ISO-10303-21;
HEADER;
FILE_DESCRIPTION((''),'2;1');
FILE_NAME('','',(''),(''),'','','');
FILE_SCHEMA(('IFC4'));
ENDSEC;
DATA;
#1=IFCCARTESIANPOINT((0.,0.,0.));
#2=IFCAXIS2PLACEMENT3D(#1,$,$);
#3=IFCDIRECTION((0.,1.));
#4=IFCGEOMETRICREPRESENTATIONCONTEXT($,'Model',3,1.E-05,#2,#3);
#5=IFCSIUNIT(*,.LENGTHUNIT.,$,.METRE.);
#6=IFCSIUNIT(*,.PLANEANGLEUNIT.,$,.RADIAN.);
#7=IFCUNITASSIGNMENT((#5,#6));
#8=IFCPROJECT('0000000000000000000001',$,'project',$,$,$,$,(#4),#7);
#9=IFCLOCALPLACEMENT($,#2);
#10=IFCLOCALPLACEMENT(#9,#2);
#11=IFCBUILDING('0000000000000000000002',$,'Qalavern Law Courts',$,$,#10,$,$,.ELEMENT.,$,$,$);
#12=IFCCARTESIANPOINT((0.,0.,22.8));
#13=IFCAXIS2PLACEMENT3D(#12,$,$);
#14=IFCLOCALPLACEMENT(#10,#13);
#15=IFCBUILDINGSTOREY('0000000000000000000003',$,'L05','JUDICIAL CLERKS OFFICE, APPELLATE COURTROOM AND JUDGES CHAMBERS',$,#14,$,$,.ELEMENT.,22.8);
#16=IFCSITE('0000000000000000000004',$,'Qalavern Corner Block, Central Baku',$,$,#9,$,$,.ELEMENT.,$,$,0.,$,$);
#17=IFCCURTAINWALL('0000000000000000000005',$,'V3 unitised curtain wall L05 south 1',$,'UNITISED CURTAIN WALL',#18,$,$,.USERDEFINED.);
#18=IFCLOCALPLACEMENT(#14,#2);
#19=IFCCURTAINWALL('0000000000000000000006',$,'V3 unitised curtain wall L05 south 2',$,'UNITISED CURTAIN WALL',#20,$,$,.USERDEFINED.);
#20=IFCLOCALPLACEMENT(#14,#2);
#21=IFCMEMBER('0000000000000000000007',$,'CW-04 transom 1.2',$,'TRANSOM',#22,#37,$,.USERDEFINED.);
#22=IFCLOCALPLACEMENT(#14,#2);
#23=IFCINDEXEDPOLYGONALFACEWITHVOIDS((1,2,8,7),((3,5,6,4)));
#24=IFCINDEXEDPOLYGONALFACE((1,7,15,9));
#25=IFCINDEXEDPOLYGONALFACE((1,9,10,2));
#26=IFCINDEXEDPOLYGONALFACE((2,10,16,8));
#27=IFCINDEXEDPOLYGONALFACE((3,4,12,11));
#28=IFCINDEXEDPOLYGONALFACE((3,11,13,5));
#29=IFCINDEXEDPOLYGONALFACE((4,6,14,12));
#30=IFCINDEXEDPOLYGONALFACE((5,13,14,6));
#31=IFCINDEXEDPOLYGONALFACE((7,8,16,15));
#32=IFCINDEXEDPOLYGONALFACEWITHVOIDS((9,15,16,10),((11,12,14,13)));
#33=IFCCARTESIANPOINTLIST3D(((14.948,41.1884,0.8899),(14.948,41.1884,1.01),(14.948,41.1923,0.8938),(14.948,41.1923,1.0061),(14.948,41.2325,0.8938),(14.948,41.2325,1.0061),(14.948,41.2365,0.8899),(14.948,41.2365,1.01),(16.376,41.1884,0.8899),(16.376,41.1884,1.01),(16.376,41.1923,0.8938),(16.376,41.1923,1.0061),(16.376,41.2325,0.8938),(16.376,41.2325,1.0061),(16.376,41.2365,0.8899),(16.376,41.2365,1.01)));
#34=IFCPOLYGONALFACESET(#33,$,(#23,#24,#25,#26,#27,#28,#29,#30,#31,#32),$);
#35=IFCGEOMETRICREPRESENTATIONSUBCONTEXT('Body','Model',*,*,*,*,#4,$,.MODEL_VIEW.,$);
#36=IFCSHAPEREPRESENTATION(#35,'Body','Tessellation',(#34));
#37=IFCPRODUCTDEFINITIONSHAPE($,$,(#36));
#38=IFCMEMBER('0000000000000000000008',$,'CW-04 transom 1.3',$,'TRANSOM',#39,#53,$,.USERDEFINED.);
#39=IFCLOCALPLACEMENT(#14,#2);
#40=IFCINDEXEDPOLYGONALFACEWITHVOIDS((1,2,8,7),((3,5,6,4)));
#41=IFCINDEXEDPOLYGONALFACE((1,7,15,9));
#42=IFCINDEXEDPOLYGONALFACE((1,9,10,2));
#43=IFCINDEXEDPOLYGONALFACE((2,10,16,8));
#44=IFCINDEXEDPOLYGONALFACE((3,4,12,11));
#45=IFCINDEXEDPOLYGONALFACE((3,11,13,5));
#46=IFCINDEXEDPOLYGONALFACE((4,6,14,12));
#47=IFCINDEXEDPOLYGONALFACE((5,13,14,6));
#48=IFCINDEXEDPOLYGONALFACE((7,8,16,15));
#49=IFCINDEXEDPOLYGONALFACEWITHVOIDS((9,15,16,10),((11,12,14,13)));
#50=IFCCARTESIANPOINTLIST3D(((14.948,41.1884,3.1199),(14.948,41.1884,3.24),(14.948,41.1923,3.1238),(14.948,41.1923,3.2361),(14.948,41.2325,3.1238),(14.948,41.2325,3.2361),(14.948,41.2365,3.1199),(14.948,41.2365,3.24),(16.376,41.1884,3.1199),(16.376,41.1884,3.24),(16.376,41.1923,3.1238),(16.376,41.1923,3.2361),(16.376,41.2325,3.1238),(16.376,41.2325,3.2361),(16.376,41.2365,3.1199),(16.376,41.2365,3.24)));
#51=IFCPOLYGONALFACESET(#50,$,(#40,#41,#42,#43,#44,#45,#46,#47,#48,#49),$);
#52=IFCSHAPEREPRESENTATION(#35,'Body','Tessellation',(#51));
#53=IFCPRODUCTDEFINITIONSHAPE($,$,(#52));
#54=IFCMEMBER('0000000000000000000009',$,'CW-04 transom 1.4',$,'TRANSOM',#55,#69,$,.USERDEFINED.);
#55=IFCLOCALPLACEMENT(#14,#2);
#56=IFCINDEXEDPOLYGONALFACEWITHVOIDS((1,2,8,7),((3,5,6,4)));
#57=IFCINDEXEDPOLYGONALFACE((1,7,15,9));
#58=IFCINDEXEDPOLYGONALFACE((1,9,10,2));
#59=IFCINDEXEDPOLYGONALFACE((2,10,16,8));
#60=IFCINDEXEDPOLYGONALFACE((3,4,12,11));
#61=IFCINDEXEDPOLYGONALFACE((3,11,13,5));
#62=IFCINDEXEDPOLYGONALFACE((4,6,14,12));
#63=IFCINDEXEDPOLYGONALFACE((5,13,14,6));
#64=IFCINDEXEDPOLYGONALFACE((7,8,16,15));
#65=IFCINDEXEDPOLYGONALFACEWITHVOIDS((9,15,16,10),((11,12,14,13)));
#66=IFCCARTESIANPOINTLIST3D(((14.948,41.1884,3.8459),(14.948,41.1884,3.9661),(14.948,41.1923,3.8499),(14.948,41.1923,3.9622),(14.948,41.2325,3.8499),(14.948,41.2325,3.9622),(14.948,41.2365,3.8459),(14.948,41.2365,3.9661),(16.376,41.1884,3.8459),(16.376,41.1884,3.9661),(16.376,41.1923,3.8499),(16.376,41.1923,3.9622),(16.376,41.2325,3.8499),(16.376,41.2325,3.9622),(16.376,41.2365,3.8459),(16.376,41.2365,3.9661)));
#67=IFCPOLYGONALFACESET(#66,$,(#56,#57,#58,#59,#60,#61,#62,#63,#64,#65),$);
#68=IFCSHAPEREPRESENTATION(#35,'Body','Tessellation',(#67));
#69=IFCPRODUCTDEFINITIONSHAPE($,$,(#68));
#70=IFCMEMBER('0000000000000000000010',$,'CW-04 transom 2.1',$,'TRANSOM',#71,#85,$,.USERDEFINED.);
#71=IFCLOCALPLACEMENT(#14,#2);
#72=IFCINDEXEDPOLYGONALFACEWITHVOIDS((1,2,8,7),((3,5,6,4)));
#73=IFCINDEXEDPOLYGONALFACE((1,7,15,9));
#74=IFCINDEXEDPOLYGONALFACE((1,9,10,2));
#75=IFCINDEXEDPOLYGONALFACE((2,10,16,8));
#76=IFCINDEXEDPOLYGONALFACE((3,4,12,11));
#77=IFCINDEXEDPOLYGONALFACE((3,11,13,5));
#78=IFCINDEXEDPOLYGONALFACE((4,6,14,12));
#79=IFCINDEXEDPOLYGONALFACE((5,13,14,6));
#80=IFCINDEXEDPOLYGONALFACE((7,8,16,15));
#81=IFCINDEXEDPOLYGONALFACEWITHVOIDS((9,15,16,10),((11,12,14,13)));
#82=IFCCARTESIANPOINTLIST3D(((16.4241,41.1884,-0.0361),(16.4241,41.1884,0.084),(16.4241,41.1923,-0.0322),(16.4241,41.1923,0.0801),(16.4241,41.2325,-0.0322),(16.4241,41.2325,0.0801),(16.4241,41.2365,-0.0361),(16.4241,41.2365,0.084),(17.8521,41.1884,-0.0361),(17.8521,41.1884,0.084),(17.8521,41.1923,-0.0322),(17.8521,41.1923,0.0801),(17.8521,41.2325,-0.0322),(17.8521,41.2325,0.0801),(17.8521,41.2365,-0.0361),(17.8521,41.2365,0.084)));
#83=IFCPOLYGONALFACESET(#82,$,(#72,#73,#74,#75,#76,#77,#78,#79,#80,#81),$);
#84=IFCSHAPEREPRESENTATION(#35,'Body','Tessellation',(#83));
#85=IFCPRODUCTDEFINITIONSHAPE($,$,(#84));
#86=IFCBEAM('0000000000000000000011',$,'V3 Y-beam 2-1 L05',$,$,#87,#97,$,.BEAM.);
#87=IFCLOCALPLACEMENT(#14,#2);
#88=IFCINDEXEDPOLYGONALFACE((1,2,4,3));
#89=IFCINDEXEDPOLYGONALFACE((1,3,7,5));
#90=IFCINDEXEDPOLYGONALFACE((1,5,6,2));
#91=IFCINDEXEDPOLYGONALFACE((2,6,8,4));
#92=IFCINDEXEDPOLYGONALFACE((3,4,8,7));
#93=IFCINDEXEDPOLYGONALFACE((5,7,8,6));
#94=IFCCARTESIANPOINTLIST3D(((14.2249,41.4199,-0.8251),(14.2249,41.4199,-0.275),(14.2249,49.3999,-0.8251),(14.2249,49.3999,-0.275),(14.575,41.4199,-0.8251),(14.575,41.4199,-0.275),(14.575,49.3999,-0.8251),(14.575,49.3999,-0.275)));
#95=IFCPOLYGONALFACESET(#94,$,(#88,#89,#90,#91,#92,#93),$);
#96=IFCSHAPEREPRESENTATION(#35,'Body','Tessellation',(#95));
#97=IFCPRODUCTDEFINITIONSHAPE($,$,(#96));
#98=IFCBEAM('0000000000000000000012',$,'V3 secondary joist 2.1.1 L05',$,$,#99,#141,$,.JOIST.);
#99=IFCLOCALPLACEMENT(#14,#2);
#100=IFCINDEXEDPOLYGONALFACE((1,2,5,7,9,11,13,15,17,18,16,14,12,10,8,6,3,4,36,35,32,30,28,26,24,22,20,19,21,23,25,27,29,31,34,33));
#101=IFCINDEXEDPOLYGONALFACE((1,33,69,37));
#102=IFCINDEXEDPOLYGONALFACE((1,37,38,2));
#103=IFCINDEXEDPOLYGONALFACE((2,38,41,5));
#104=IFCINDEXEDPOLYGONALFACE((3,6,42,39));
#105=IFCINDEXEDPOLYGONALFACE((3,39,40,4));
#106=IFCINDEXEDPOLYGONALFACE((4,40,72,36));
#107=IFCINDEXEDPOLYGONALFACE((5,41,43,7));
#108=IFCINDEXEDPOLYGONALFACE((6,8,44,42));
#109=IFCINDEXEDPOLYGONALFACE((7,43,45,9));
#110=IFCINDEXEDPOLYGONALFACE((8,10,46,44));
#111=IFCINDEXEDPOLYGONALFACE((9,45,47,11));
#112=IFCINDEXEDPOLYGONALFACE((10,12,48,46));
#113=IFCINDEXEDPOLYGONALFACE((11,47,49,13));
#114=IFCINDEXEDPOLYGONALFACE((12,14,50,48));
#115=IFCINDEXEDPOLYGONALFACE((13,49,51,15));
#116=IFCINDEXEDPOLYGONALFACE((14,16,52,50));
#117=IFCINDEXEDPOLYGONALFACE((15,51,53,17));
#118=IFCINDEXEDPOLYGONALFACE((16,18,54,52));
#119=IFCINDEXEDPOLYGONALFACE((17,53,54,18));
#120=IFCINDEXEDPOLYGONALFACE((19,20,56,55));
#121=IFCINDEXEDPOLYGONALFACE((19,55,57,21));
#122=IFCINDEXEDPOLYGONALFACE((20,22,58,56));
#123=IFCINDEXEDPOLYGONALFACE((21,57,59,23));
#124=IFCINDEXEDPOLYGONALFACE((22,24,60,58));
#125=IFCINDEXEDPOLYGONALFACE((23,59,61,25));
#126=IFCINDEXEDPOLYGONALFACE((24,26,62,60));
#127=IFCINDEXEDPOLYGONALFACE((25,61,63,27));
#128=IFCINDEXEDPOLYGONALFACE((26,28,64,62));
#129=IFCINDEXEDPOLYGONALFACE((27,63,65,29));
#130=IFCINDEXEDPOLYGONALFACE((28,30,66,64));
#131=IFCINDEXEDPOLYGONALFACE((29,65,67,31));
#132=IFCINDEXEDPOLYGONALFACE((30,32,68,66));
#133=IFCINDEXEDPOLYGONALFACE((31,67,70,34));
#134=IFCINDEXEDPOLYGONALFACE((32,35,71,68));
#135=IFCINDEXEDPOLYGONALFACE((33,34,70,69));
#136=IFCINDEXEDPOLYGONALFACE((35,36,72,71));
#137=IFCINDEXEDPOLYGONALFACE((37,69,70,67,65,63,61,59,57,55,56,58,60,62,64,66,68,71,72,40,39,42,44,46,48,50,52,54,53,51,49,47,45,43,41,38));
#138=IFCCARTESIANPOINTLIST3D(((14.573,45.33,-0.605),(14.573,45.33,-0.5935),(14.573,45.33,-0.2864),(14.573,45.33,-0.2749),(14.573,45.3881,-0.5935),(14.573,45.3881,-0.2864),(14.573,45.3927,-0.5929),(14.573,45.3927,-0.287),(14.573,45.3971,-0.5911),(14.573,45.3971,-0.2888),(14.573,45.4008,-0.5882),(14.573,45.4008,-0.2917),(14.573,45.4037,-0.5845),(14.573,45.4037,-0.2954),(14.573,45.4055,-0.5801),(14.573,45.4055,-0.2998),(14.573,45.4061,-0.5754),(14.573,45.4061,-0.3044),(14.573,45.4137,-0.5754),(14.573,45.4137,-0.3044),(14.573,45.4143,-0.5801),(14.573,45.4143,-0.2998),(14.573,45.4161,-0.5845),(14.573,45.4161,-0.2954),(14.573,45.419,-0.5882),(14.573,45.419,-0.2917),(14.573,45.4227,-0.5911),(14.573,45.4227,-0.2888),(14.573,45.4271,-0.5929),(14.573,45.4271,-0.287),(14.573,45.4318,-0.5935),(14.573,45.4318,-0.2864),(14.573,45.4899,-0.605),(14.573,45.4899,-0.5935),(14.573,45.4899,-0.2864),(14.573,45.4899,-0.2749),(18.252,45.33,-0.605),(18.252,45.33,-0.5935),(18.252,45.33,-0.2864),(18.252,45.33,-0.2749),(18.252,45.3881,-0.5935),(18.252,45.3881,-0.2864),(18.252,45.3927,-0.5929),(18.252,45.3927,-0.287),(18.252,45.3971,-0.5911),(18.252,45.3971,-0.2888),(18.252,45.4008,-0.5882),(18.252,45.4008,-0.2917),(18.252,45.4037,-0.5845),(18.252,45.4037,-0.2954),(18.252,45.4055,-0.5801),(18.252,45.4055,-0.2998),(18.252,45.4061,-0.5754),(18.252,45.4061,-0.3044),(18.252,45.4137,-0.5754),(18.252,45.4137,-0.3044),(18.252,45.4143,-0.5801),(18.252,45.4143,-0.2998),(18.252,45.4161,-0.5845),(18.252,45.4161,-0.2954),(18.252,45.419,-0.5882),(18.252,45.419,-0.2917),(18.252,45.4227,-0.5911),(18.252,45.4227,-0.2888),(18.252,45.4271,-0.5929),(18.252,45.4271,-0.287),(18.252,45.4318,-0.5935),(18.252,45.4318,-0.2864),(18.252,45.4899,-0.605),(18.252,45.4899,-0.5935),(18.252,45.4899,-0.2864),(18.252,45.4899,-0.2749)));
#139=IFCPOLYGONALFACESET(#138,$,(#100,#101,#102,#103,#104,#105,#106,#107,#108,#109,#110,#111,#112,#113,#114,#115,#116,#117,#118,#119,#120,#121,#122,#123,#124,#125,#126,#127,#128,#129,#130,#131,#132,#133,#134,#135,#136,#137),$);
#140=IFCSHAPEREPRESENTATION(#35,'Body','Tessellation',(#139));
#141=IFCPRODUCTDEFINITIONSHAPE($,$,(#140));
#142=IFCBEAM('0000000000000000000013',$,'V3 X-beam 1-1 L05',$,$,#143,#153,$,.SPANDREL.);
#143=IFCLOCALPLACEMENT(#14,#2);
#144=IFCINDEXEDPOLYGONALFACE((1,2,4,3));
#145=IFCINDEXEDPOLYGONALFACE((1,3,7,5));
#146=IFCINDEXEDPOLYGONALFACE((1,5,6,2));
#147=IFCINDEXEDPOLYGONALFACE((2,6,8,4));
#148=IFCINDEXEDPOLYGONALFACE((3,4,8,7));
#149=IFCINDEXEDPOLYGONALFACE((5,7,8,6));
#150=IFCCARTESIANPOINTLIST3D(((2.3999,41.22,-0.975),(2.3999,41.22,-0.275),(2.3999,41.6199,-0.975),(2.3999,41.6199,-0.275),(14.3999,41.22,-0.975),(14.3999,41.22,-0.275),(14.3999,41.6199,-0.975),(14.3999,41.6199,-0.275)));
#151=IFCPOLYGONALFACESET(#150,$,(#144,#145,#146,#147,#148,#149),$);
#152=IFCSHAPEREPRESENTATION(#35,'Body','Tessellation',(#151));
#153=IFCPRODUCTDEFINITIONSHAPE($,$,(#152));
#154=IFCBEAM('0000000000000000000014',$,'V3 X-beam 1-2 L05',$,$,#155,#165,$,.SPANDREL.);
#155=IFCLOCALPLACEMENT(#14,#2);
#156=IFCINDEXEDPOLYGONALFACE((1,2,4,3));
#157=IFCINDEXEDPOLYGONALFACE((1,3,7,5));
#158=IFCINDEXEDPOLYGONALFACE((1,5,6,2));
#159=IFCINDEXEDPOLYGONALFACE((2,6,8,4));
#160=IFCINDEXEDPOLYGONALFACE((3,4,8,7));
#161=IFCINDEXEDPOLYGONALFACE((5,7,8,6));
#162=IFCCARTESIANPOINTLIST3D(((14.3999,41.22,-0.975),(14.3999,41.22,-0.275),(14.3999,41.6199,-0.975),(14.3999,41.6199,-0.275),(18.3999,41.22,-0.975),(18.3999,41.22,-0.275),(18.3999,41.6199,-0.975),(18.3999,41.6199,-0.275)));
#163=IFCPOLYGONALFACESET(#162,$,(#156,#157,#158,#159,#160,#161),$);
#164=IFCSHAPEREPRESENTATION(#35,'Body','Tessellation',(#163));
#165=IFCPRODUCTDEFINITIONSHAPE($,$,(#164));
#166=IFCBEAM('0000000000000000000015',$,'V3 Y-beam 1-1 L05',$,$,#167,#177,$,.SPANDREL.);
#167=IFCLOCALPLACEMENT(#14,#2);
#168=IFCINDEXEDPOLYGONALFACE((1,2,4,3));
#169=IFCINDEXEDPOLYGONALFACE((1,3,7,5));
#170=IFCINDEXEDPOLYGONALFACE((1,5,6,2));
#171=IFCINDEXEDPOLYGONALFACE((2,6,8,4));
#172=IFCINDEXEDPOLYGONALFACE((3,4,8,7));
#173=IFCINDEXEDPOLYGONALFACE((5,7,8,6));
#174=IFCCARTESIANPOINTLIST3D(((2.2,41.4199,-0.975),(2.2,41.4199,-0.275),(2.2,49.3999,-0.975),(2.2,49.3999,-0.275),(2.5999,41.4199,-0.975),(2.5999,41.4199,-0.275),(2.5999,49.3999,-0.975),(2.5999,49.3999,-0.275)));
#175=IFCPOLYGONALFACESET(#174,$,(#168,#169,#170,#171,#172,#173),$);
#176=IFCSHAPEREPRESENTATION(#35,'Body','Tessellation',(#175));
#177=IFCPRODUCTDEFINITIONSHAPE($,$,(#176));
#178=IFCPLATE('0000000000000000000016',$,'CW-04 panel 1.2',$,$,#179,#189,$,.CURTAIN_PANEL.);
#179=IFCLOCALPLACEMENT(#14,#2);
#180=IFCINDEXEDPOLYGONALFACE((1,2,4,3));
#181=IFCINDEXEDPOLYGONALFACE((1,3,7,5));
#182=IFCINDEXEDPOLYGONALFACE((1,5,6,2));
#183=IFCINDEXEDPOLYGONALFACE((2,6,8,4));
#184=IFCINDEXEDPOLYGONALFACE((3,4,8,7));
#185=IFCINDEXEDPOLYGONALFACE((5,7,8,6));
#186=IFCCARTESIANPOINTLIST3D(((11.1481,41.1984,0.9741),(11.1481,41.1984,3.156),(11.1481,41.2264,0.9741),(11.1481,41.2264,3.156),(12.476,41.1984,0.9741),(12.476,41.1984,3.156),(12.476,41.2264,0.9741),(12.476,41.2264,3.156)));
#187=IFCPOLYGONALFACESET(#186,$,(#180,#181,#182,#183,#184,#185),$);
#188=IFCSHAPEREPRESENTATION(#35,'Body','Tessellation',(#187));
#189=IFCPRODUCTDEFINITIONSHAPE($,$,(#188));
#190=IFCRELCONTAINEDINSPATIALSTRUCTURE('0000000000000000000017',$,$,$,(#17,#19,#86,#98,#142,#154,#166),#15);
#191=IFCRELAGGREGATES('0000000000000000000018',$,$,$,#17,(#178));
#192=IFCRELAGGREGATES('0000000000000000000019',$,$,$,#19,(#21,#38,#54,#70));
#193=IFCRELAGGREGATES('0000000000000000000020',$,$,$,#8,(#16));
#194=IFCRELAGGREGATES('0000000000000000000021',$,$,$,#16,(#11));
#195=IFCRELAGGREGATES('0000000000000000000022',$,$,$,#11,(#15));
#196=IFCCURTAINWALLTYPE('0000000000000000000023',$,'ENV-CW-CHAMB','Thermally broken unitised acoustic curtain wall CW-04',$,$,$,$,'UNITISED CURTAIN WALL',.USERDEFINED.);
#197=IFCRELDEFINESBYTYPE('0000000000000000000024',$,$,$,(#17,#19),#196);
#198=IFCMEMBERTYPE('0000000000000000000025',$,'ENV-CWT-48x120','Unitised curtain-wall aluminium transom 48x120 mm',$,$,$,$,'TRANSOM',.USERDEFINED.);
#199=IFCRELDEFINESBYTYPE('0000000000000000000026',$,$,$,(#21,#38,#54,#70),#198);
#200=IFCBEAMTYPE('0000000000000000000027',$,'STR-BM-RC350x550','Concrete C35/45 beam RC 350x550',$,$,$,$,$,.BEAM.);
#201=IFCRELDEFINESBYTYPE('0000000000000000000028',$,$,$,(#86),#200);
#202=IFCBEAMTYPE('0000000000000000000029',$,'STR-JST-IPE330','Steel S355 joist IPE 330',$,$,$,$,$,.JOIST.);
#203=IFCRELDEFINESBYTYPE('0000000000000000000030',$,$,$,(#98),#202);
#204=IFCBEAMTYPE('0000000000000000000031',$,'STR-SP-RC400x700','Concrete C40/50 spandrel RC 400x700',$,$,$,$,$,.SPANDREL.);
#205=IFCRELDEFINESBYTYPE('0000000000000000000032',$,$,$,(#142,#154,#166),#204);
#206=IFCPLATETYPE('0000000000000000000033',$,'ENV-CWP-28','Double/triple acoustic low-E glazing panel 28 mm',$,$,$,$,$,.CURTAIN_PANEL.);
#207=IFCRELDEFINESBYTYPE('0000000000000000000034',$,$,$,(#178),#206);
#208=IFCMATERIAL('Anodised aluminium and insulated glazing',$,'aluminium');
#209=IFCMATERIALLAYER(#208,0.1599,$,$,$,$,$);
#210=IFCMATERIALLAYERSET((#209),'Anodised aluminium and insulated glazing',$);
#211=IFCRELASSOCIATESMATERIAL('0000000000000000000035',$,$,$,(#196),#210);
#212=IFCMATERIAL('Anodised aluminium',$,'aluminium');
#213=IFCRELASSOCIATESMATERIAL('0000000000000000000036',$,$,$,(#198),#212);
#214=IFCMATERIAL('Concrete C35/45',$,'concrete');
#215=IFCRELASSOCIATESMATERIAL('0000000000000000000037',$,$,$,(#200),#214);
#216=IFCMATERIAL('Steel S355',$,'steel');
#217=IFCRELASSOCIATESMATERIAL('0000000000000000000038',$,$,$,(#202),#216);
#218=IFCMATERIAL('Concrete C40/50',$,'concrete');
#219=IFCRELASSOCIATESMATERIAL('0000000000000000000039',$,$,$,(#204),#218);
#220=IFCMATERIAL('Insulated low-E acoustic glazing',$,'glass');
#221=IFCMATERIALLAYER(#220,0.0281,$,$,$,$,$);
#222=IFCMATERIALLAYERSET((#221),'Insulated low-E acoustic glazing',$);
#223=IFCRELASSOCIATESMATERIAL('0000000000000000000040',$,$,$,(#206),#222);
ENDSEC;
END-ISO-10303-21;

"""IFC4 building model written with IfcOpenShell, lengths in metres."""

from ifc_helpers import new_model, si_unit, direction, frame, origin, origin_2d, place, context, subcontext, project, spatial, rectangle, hollow_rectangle, i_section, extrude, material, layer, layer_set, material_profile, profile_set, type_object, element, aggregate, save


model = new_model("IFC4")

# Units and contexts
model_context = context("Model", 3, precision=1e-05, world=origin(), true_north=direction((0.0, 1.0)))
body_context = subcontext(model_context, "Body", "Model", "MODEL_VIEW")
ifc_project = project(units=[si_unit("LENGTHUNIT", "METRE"), si_unit("PLANEANGLEUNIT", "RADIAN")], contexts=[model_context])

# Site, building, storey
site_placement = place(None, origin())
site = spatial("IfcSite", under=ifc_project, at=site_placement, Name="Qalavern Corner Block, Central Baku", CompositionType="ELEMENT", RefElevation=0.0)
building_placement = place(site_placement, origin())
building = spatial("IfcBuilding", under=site, at=building_placement, Name="Qalavern Law Courts", CompositionType="ELEMENT")
storey_placement = place(building_placement, frame((0.0, 0.0, 22.8)))
storey = spatial("IfcBuildingStorey", under=building, at=storey_placement, Name="L05", Description="JUDICIAL CLERKS OFFICE, APPELLATE COURTROOM AND JUDGES CHAMBERS", CompositionType="ELEMENT", Elevation=22.8)

# Curtain walls
ifc_material_1 = material(Name="Anodised aluminium and insulated glazing", Category="aluminium")
ifc_layer_1 = layer(ifc_material_1, 0.1599)
ifc_layer_set_1 = layer_set([ifc_layer_1], Name="Anodised aluminium and insulated glazing")
curtain_wall_type = type_object("IfcCurtainWallType", Name="ENV-CW-CHAMB", Description="Thermally broken unitised acoustic curtain wall CW-04", ElementType="UNITISED CURTAIN WALL", PredefinedType="USERDEFINED", material=ifc_layer_set_1)
curtain_wall_1_placement = place(storey_placement, origin())
curtain_wall_1 = element("IfcCurtainWall", 1, at=curtain_wall_1_placement, inside=storey, type_object=curtain_wall_type, Name="V3 unitised curtain wall L05 south 1", ObjectType="UNITISED CURTAIN WALL", PredefinedType="USERDEFINED")
ifc_material_2 = material(Name="Anodised aluminium", Category="aluminium")
curtain_wall_2_placement = place(storey_placement, origin())
curtain_wall_2 = element("IfcCurtainWall", 2, at=curtain_wall_2_placement, inside=storey, type_object=curtain_wall_type, Name="V3 unitised curtain wall L05 south 2", ObjectType="UNITISED CURTAIN WALL", PredefinedType="USERDEFINED")

# Members
ifc_material_profile_1 = material_profile(ifc_material_2, hollow_rectangle(XDim=0.0481, YDim=0.1201, WallThickness=0.0039, at=origin_2d()), Name="ALU TRANSOM 48x120")
ifc_profile_set_1 = profile_set([ifc_material_profile_1], Name="Anodised aluminium")
member_type_1 = type_object("IfcMemberType", Name="ENV-CWT-48x120", Description="Unitised curtain-wall aluminium transom 48x120 mm", ElementType="TRANSOM", PredefinedType="USERDEFINED", material=ifc_profile_set_1)
member_1_placement = place(storey_placement, frame((14.948, 41.2124, 0.95), z_axis=(1.0, 0.0, 0.0), x_axis=(0.0, 1.0, 0.0)))
member_1 = element("IfcMember", 3, at=member_1_placement, type_object=member_type_1, Name="CW-04 transom 1.2", ObjectType="TRANSOM", PredefinedType="USERDEFINED", context=body_context, shape_type="SweptSolid", body=[
    extrude(hollow_rectangle(XDim=0.0481, YDim=0.1201, WallThickness=0.0039, at=origin_2d()), origin(), (0.0, 0.0, 1.0), 1.428),
])
member_2_placement = place(storey_placement, frame((14.948, 41.2124, 3.1799), z_axis=(1.0, 0.0, 0.0), x_axis=(0.0, 1.0, 0.0)))
member_2 = element("IfcMember", 4, at=member_2_placement, type_object=member_type_1, Name="CW-04 transom 1.3", ObjectType="TRANSOM", PredefinedType="USERDEFINED", context=body_context, shape_type="SweptSolid", body=[
    extrude(hollow_rectangle(XDim=0.0481, YDim=0.1201, WallThickness=0.0039, at=origin_2d()), origin(), (0.0, 0.0, 1.0), 1.428),
])
member_3_placement = place(storey_placement, frame((14.948, 41.2124, 3.906), z_axis=(1.0, 0.0, 0.0), x_axis=(0.0, 1.0, 0.0)))
member_3 = element("IfcMember", 5, at=member_3_placement, type_object=member_type_1, Name="CW-04 transom 1.4", ObjectType="TRANSOM", PredefinedType="USERDEFINED", context=body_context, shape_type="SweptSolid", body=[
    extrude(hollow_rectangle(XDim=0.0481, YDim=0.1201, WallThickness=0.0039, at=origin_2d()), origin(), (0.0, 0.0, 1.0), 1.428),
])
member_4_placement = place(storey_placement, frame((16.4241, 41.2124, 0.0239), z_axis=(1.0, 0.0, 0.0), x_axis=(0.0, 1.0, 0.0)))
member_4 = element("IfcMember", 6, at=member_4_placement, type_object=member_type_1, Name="CW-04 transom 2.1", ObjectType="TRANSOM", PredefinedType="USERDEFINED", context=body_context, shape_type="SweptSolid", body=[
    extrude(hollow_rectangle(XDim=0.0481, YDim=0.1201, WallThickness=0.0039, at=origin_2d()), origin(), (0.0, 0.0, 1.0), 1.428),
])

# Beams
ifc_material_3 = material(Name="Concrete C35/45", Category="concrete")
ifc_material_profile_2 = material_profile(ifc_material_3, rectangle(XDim=0.3501, YDim=0.55, at=origin_2d()), Name="RC 350x550")
ifc_profile_set_2 = profile_set([ifc_material_profile_2], Name="Concrete C35/45")
beam_type_1 = type_object("IfcBeamType", Name="STR-BM-RC350x550", Description="Concrete C35/45 beam RC 350x550", PredefinedType="BEAM", material=ifc_profile_set_2)
beam_1_placement = place(storey_placement, frame((14.3999, 41.4199, -0.55), z_axis=(0.0, 1.0, 0.0), x_axis=(-1.0, 0.0, 0.0)))
element("IfcBeam", 7, at=beam_1_placement, inside=storey, type_object=beam_type_1, Name="V3 Y-beam 2-1 L05", PredefinedType="BEAM", context=body_context, shape_type="SweptSolid", body=[
    extrude(rectangle(XDim=0.3501, YDim=0.55, at=origin_2d()), origin(), (0.0, 0.0, 1.0), 7.98),
])
ifc_material_4 = material(Name="Steel S355", Category="steel")
ifc_material_profile_3 = material_profile(ifc_material_4, i_section(OverallWidth=0.1599, OverallDepth=0.3301, WebThickness=0.0076, FlangeThickness=0.0115, FilletRadius=0.0181, at=origin_2d()), Name="IPE 330")
ifc_profile_set_3 = profile_set([ifc_material_profile_3], Name="Steel S355")
beam_type_2 = type_object("IfcBeamType", Name="STR-JST-IPE330", Description="Steel S355 joist IPE 330", PredefinedType="JOIST", material=ifc_profile_set_3)
beam_2_placement = place(storey_placement, frame((14.573, 45.4099, -0.4399), z_axis=(1.0, 0.0, 0.0), x_axis=(0.0, 1.0, 0.0)))
element("IfcBeam", 8, at=beam_2_placement, inside=storey, type_object=beam_type_2, Name="V3 secondary joist 2.1.1 L05", PredefinedType="JOIST", context=body_context, shape_type="SweptSolid", body=[
    extrude(i_section(OverallWidth=0.1599, OverallDepth=0.3301, WebThickness=0.0076, FlangeThickness=0.0115, FilletRadius=0.0181, at=origin_2d()), origin(), (0.0, 0.0, 1.0), 3.679),
])
ifc_material_5 = material(Name="Concrete C40/50", Category="concrete")
ifc_material_profile_4 = material_profile(ifc_material_5, rectangle(XDim=0.3999, YDim=0.7, at=origin_2d()), Name="RC 400x700")
ifc_profile_set_4 = profile_set([ifc_material_profile_4], Name="Concrete C40/50")
beam_type_3 = type_object("IfcBeamType", Name="STR-SP-RC400x700", Description="Concrete C40/50 spandrel RC 400x700", PredefinedType="SPANDREL", material=ifc_profile_set_4)
beam_3_placement = place(storey_placement, frame((2.3999, 41.4199, -0.625), z_axis=(1.0, 0.0, 0.0), x_axis=(0.0, 1.0, 0.0)))
element("IfcBeam", 9, at=beam_3_placement, inside=storey, type_object=beam_type_3, Name="V3 X-beam 1-1 L05", PredefinedType="SPANDREL", context=body_context, shape_type="SweptSolid", body=[
    extrude(rectangle(XDim=0.3999, YDim=0.7, at=origin_2d()), origin(), (0.0, 0.0, 1.0), 12.0),
])
beam_4_placement = place(storey_placement, frame((14.3999, 41.4199, -0.625), z_axis=(1.0, 0.0, 0.0), x_axis=(0.0, 1.0, 0.0)))
element("IfcBeam", 10, at=beam_4_placement, inside=storey, type_object=beam_type_3, Name="V3 X-beam 1-2 L05", PredefinedType="SPANDREL", context=body_context, shape_type="SweptSolid", body=[
    extrude(rectangle(XDim=0.3999, YDim=0.7, at=origin_2d()), origin(), (0.0, 0.0, 1.0), 4.0),
])
beam_5_placement = place(storey_placement, frame((2.3999, 41.4199, -0.625), z_axis=(0.0, 1.0, 0.0), x_axis=(-1.0, 0.0, 0.0)))
element("IfcBeam", 11, at=beam_5_placement, inside=storey, type_object=beam_type_3, Name="V3 Y-beam 1-1 L05", PredefinedType="SPANDREL", context=body_context, shape_type="SweptSolid", body=[
    extrude(rectangle(XDim=0.3999, YDim=0.7, at=origin_2d()), origin(), (0.0, 0.0, 1.0), 7.98),
])

# Plate
ifc_material_6 = material(Name="Insulated low-E acoustic glazing", Category="glass")
ifc_layer_2 = layer(ifc_material_6, 0.0281)
ifc_layer_set_2 = layer_set([ifc_layer_2], Name="Insulated low-E acoustic glazing")
plate_type_1 = type_object("IfcPlateType", Name="ENV-CWP-28", Description="Double/triple acoustic low-E glazing panel 28 mm", PredefinedType="CURTAIN_PANEL", material=ifc_layer_set_2)
plate_1_placement = place(storey_placement, frame((11.812, 41.2124, 0.9741), z_axis=(0.0, 0.0, 1.0), x_axis=(1.0, 0.0, 0.0)))
plate_1 = element("IfcPlate", 12, at=plate_1_placement, type_object=plate_type_1, Name="CW-04 panel 1.2", PredefinedType="CURTAIN_PANEL", context=body_context, shape_type="SweptSolid", body=[
    extrude(rectangle(XDim=1.3279, YDim=0.0281, at=origin_2d()), origin(), (0.0, 0.0, 1.0), 2.1819),
])
aggregate(curtain_wall_1, [plate_1])
aggregate(curtain_wall_2, [member_1, member_2, member_3, member_4])

save(model, "model.ifc")
